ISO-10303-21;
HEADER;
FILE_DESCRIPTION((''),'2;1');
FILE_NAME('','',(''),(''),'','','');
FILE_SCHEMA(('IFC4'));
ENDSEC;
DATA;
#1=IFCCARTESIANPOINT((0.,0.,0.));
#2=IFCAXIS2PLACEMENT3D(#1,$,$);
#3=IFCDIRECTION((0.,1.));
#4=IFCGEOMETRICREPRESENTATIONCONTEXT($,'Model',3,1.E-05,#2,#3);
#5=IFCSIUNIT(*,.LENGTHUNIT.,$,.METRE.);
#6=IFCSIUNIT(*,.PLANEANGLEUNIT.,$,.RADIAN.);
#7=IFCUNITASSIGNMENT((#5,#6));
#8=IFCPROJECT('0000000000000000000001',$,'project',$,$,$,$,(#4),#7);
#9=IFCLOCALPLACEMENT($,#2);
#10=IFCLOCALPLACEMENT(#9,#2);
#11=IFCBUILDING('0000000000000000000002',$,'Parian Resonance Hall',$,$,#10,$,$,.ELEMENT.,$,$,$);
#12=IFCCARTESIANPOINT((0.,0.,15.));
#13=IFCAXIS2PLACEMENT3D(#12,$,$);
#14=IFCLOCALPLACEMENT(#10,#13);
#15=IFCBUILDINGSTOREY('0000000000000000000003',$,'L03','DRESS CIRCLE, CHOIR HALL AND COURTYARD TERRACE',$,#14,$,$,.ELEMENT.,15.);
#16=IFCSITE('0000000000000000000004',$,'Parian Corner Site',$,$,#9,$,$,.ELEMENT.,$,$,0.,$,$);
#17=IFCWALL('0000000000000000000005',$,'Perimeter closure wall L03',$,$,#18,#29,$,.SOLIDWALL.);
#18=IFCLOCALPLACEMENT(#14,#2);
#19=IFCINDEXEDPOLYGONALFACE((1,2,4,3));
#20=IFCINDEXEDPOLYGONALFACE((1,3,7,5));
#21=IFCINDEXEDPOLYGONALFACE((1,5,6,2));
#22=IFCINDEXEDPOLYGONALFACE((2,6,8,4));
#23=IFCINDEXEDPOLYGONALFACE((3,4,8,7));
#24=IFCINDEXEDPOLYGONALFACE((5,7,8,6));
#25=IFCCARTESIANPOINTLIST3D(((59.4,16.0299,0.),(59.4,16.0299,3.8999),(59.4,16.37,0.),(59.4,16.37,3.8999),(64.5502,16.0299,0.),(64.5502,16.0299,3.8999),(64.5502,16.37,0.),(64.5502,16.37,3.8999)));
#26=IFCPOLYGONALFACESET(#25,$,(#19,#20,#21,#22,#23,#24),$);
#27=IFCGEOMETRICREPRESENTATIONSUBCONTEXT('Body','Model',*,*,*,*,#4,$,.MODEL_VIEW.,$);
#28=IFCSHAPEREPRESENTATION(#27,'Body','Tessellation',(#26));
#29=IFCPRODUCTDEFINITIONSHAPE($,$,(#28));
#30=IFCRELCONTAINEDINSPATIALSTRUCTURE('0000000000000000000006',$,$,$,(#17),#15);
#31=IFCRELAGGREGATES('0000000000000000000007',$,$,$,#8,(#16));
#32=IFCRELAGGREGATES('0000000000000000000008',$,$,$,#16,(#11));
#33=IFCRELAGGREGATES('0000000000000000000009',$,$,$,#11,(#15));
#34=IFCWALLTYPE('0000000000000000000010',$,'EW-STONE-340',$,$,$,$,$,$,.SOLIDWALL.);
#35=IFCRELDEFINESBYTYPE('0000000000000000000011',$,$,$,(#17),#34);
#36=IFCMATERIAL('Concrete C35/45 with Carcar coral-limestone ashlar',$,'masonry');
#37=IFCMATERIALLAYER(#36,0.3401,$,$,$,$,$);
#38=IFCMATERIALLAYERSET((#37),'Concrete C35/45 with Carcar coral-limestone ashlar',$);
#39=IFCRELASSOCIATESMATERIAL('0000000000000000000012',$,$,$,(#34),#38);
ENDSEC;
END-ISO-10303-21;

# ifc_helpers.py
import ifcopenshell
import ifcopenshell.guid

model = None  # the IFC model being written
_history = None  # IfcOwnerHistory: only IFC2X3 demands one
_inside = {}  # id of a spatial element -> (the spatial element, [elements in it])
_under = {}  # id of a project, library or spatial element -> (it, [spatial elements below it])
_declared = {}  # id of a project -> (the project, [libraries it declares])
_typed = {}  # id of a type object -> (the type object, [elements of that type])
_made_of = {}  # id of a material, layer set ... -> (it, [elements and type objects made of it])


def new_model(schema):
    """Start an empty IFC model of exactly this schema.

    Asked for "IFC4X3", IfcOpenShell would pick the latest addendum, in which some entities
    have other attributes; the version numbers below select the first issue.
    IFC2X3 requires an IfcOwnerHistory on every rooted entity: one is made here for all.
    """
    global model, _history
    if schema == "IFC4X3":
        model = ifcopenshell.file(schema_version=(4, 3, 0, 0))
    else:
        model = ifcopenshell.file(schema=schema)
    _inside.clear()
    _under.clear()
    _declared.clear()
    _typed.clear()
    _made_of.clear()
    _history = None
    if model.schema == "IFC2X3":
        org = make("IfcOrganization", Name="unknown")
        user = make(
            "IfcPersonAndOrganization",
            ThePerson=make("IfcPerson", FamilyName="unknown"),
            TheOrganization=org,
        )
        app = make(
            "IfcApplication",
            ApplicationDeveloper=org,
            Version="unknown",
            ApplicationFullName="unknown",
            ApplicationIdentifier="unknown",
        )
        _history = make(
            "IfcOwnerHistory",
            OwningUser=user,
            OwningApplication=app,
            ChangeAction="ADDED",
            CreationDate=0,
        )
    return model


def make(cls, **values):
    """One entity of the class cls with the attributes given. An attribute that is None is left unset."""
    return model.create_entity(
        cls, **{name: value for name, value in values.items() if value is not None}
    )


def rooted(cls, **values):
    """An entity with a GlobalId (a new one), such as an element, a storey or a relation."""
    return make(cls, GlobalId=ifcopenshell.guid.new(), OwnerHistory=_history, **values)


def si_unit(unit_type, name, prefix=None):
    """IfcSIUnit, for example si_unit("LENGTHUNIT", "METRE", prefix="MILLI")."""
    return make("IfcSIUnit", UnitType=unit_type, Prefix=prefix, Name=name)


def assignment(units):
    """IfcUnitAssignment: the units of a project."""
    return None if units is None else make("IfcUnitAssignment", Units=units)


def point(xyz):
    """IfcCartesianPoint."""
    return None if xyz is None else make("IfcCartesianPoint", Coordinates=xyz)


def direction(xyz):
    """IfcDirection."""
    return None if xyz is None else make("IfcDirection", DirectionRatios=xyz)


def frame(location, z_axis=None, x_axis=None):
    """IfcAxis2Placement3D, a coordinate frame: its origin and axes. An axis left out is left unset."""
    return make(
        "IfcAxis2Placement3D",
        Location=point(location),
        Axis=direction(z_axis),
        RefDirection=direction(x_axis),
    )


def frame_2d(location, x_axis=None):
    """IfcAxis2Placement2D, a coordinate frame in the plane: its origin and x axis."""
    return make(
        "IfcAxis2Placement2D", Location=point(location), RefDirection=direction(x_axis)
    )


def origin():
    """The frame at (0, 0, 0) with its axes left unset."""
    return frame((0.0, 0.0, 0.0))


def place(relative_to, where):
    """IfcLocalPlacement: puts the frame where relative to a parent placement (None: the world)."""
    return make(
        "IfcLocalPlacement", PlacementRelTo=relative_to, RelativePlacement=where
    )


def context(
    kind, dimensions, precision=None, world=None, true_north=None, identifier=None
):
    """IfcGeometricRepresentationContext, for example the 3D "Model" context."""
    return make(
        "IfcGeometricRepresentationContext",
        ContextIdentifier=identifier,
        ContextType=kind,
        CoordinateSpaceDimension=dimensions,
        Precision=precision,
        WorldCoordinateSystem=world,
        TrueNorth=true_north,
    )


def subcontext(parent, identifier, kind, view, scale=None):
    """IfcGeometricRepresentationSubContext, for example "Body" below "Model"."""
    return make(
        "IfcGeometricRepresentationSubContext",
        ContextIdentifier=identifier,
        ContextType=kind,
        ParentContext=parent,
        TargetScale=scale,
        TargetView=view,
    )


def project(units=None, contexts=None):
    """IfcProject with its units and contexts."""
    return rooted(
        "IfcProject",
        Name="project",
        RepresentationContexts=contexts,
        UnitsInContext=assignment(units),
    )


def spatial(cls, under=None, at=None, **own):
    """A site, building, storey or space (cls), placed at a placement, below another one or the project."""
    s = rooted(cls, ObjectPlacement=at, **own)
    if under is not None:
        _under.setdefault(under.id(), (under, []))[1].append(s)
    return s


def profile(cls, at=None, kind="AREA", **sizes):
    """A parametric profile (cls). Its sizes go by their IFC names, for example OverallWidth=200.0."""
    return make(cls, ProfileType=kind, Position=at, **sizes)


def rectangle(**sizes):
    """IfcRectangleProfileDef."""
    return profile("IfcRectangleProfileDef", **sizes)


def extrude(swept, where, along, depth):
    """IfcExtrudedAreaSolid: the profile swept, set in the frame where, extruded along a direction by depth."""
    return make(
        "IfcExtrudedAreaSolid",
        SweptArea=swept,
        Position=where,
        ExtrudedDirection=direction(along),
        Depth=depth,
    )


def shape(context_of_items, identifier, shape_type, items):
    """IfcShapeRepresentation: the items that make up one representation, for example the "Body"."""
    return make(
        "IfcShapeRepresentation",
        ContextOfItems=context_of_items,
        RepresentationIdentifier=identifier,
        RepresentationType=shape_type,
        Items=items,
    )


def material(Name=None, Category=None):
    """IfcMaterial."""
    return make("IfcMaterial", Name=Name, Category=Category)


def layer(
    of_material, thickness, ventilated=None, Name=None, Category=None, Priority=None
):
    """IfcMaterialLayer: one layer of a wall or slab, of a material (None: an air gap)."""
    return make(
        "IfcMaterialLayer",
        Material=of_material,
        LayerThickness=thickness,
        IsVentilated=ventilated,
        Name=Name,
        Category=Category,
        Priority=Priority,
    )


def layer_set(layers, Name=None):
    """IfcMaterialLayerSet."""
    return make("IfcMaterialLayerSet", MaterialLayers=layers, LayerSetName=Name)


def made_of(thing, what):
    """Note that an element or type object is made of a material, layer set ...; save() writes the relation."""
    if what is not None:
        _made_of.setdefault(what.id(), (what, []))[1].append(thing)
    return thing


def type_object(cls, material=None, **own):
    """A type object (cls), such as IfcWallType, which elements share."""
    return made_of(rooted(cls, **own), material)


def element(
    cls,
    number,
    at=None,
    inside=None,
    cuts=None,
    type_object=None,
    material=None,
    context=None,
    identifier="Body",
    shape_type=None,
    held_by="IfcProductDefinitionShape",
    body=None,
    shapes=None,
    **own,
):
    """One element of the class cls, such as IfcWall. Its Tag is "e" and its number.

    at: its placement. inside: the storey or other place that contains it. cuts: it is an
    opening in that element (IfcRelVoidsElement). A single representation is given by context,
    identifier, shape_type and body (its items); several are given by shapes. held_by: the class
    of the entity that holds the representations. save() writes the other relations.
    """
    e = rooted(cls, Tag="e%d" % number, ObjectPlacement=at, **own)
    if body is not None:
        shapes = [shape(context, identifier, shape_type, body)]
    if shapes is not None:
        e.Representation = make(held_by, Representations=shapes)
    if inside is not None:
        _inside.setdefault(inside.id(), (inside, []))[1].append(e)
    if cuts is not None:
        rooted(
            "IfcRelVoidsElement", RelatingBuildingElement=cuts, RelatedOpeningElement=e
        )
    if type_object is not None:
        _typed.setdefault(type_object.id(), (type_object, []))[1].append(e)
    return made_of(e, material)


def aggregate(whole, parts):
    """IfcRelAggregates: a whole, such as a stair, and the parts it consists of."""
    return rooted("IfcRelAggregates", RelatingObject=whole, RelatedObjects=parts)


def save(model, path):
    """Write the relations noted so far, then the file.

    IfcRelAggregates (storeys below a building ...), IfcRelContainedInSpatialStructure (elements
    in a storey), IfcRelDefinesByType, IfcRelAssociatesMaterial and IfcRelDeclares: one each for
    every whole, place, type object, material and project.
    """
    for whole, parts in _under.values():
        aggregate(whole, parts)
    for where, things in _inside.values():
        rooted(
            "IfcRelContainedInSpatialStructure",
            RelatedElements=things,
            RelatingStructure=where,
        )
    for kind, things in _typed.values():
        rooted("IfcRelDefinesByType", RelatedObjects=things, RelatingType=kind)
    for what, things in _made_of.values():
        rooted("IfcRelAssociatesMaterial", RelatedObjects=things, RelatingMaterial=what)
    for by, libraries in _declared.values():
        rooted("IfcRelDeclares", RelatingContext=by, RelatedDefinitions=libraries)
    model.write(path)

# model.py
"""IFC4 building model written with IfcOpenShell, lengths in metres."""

from ifc_helpers import new_model, si_unit, direction, frame, frame_2d, origin, place, context, subcontext, project, spatial, rectangle, extrude, material, layer, layer_set, type_object, element, save


model = new_model("IFC4")

# Units and contexts
model_context = context("Model", 3, precision=1e-05, world=origin(), true_north=direction((0.0, 1.0)))
body_context = subcontext(model_context, "Body", "Model", "MODEL_VIEW")
ifc_project = project(units=[si_unit("LENGTHUNIT", "METRE"), si_unit("PLANEANGLEUNIT", "RADIAN")], contexts=[model_context])

# Site, building, storey
site_placement = place(None, origin())
site = spatial("IfcSite", under=ifc_project, at=site_placement, Name="Parian Corner Site", CompositionType="ELEMENT", RefElevation=0.0)
building_placement = place(site_placement, origin())
building = spatial("IfcBuilding", under=site, at=building_placement, Name="Parian Resonance Hall", CompositionType="ELEMENT")
storey_placement = place(building_placement, frame((0.0, 0.0, 15.0)))
storey = spatial("IfcBuildingStorey", under=building, at=storey_placement, Name="L03", Description="DRESS CIRCLE, CHOIR HALL AND COURTYARD TERRACE", CompositionType="ELEMENT", Elevation=15.0)

# Wall
ifc_material_1 = material(Name="Concrete C35/45 with Carcar coral-limestone ashlar", Category="masonry")
ifc_layer_1 = layer(ifc_material_1, 0.3401)
ifc_layer_set_1 = layer_set([ifc_layer_1], Name="Concrete C35/45 with Carcar coral-limestone ashlar")
wall_type_1 = type_object("IfcWallType", Name="EW-STONE-340", PredefinedType="SOLIDWALL", material=ifc_layer_set_1)
wall_1_placement = place(storey_placement, frame((59.3999, 16.2, 0.0), z_axis=(0.0, 0.0, 1.0), x_axis=(1.0, 0.0, 0.0)))
element("IfcWall", 1, at=wall_1_placement, inside=storey, type_object=wall_type_1, Name="Perimeter closure wall L03", PredefinedType="SOLIDWALL", context=body_context, shape_type="SweptSolid", body=[
    extrude(rectangle(XDim=5.1501, YDim=0.3401, at=frame_2d((2.5752, 0.0))), origin(), (0.0, 0.0, 1.0), 3.8999),
])

save(model, "model.ifc")
